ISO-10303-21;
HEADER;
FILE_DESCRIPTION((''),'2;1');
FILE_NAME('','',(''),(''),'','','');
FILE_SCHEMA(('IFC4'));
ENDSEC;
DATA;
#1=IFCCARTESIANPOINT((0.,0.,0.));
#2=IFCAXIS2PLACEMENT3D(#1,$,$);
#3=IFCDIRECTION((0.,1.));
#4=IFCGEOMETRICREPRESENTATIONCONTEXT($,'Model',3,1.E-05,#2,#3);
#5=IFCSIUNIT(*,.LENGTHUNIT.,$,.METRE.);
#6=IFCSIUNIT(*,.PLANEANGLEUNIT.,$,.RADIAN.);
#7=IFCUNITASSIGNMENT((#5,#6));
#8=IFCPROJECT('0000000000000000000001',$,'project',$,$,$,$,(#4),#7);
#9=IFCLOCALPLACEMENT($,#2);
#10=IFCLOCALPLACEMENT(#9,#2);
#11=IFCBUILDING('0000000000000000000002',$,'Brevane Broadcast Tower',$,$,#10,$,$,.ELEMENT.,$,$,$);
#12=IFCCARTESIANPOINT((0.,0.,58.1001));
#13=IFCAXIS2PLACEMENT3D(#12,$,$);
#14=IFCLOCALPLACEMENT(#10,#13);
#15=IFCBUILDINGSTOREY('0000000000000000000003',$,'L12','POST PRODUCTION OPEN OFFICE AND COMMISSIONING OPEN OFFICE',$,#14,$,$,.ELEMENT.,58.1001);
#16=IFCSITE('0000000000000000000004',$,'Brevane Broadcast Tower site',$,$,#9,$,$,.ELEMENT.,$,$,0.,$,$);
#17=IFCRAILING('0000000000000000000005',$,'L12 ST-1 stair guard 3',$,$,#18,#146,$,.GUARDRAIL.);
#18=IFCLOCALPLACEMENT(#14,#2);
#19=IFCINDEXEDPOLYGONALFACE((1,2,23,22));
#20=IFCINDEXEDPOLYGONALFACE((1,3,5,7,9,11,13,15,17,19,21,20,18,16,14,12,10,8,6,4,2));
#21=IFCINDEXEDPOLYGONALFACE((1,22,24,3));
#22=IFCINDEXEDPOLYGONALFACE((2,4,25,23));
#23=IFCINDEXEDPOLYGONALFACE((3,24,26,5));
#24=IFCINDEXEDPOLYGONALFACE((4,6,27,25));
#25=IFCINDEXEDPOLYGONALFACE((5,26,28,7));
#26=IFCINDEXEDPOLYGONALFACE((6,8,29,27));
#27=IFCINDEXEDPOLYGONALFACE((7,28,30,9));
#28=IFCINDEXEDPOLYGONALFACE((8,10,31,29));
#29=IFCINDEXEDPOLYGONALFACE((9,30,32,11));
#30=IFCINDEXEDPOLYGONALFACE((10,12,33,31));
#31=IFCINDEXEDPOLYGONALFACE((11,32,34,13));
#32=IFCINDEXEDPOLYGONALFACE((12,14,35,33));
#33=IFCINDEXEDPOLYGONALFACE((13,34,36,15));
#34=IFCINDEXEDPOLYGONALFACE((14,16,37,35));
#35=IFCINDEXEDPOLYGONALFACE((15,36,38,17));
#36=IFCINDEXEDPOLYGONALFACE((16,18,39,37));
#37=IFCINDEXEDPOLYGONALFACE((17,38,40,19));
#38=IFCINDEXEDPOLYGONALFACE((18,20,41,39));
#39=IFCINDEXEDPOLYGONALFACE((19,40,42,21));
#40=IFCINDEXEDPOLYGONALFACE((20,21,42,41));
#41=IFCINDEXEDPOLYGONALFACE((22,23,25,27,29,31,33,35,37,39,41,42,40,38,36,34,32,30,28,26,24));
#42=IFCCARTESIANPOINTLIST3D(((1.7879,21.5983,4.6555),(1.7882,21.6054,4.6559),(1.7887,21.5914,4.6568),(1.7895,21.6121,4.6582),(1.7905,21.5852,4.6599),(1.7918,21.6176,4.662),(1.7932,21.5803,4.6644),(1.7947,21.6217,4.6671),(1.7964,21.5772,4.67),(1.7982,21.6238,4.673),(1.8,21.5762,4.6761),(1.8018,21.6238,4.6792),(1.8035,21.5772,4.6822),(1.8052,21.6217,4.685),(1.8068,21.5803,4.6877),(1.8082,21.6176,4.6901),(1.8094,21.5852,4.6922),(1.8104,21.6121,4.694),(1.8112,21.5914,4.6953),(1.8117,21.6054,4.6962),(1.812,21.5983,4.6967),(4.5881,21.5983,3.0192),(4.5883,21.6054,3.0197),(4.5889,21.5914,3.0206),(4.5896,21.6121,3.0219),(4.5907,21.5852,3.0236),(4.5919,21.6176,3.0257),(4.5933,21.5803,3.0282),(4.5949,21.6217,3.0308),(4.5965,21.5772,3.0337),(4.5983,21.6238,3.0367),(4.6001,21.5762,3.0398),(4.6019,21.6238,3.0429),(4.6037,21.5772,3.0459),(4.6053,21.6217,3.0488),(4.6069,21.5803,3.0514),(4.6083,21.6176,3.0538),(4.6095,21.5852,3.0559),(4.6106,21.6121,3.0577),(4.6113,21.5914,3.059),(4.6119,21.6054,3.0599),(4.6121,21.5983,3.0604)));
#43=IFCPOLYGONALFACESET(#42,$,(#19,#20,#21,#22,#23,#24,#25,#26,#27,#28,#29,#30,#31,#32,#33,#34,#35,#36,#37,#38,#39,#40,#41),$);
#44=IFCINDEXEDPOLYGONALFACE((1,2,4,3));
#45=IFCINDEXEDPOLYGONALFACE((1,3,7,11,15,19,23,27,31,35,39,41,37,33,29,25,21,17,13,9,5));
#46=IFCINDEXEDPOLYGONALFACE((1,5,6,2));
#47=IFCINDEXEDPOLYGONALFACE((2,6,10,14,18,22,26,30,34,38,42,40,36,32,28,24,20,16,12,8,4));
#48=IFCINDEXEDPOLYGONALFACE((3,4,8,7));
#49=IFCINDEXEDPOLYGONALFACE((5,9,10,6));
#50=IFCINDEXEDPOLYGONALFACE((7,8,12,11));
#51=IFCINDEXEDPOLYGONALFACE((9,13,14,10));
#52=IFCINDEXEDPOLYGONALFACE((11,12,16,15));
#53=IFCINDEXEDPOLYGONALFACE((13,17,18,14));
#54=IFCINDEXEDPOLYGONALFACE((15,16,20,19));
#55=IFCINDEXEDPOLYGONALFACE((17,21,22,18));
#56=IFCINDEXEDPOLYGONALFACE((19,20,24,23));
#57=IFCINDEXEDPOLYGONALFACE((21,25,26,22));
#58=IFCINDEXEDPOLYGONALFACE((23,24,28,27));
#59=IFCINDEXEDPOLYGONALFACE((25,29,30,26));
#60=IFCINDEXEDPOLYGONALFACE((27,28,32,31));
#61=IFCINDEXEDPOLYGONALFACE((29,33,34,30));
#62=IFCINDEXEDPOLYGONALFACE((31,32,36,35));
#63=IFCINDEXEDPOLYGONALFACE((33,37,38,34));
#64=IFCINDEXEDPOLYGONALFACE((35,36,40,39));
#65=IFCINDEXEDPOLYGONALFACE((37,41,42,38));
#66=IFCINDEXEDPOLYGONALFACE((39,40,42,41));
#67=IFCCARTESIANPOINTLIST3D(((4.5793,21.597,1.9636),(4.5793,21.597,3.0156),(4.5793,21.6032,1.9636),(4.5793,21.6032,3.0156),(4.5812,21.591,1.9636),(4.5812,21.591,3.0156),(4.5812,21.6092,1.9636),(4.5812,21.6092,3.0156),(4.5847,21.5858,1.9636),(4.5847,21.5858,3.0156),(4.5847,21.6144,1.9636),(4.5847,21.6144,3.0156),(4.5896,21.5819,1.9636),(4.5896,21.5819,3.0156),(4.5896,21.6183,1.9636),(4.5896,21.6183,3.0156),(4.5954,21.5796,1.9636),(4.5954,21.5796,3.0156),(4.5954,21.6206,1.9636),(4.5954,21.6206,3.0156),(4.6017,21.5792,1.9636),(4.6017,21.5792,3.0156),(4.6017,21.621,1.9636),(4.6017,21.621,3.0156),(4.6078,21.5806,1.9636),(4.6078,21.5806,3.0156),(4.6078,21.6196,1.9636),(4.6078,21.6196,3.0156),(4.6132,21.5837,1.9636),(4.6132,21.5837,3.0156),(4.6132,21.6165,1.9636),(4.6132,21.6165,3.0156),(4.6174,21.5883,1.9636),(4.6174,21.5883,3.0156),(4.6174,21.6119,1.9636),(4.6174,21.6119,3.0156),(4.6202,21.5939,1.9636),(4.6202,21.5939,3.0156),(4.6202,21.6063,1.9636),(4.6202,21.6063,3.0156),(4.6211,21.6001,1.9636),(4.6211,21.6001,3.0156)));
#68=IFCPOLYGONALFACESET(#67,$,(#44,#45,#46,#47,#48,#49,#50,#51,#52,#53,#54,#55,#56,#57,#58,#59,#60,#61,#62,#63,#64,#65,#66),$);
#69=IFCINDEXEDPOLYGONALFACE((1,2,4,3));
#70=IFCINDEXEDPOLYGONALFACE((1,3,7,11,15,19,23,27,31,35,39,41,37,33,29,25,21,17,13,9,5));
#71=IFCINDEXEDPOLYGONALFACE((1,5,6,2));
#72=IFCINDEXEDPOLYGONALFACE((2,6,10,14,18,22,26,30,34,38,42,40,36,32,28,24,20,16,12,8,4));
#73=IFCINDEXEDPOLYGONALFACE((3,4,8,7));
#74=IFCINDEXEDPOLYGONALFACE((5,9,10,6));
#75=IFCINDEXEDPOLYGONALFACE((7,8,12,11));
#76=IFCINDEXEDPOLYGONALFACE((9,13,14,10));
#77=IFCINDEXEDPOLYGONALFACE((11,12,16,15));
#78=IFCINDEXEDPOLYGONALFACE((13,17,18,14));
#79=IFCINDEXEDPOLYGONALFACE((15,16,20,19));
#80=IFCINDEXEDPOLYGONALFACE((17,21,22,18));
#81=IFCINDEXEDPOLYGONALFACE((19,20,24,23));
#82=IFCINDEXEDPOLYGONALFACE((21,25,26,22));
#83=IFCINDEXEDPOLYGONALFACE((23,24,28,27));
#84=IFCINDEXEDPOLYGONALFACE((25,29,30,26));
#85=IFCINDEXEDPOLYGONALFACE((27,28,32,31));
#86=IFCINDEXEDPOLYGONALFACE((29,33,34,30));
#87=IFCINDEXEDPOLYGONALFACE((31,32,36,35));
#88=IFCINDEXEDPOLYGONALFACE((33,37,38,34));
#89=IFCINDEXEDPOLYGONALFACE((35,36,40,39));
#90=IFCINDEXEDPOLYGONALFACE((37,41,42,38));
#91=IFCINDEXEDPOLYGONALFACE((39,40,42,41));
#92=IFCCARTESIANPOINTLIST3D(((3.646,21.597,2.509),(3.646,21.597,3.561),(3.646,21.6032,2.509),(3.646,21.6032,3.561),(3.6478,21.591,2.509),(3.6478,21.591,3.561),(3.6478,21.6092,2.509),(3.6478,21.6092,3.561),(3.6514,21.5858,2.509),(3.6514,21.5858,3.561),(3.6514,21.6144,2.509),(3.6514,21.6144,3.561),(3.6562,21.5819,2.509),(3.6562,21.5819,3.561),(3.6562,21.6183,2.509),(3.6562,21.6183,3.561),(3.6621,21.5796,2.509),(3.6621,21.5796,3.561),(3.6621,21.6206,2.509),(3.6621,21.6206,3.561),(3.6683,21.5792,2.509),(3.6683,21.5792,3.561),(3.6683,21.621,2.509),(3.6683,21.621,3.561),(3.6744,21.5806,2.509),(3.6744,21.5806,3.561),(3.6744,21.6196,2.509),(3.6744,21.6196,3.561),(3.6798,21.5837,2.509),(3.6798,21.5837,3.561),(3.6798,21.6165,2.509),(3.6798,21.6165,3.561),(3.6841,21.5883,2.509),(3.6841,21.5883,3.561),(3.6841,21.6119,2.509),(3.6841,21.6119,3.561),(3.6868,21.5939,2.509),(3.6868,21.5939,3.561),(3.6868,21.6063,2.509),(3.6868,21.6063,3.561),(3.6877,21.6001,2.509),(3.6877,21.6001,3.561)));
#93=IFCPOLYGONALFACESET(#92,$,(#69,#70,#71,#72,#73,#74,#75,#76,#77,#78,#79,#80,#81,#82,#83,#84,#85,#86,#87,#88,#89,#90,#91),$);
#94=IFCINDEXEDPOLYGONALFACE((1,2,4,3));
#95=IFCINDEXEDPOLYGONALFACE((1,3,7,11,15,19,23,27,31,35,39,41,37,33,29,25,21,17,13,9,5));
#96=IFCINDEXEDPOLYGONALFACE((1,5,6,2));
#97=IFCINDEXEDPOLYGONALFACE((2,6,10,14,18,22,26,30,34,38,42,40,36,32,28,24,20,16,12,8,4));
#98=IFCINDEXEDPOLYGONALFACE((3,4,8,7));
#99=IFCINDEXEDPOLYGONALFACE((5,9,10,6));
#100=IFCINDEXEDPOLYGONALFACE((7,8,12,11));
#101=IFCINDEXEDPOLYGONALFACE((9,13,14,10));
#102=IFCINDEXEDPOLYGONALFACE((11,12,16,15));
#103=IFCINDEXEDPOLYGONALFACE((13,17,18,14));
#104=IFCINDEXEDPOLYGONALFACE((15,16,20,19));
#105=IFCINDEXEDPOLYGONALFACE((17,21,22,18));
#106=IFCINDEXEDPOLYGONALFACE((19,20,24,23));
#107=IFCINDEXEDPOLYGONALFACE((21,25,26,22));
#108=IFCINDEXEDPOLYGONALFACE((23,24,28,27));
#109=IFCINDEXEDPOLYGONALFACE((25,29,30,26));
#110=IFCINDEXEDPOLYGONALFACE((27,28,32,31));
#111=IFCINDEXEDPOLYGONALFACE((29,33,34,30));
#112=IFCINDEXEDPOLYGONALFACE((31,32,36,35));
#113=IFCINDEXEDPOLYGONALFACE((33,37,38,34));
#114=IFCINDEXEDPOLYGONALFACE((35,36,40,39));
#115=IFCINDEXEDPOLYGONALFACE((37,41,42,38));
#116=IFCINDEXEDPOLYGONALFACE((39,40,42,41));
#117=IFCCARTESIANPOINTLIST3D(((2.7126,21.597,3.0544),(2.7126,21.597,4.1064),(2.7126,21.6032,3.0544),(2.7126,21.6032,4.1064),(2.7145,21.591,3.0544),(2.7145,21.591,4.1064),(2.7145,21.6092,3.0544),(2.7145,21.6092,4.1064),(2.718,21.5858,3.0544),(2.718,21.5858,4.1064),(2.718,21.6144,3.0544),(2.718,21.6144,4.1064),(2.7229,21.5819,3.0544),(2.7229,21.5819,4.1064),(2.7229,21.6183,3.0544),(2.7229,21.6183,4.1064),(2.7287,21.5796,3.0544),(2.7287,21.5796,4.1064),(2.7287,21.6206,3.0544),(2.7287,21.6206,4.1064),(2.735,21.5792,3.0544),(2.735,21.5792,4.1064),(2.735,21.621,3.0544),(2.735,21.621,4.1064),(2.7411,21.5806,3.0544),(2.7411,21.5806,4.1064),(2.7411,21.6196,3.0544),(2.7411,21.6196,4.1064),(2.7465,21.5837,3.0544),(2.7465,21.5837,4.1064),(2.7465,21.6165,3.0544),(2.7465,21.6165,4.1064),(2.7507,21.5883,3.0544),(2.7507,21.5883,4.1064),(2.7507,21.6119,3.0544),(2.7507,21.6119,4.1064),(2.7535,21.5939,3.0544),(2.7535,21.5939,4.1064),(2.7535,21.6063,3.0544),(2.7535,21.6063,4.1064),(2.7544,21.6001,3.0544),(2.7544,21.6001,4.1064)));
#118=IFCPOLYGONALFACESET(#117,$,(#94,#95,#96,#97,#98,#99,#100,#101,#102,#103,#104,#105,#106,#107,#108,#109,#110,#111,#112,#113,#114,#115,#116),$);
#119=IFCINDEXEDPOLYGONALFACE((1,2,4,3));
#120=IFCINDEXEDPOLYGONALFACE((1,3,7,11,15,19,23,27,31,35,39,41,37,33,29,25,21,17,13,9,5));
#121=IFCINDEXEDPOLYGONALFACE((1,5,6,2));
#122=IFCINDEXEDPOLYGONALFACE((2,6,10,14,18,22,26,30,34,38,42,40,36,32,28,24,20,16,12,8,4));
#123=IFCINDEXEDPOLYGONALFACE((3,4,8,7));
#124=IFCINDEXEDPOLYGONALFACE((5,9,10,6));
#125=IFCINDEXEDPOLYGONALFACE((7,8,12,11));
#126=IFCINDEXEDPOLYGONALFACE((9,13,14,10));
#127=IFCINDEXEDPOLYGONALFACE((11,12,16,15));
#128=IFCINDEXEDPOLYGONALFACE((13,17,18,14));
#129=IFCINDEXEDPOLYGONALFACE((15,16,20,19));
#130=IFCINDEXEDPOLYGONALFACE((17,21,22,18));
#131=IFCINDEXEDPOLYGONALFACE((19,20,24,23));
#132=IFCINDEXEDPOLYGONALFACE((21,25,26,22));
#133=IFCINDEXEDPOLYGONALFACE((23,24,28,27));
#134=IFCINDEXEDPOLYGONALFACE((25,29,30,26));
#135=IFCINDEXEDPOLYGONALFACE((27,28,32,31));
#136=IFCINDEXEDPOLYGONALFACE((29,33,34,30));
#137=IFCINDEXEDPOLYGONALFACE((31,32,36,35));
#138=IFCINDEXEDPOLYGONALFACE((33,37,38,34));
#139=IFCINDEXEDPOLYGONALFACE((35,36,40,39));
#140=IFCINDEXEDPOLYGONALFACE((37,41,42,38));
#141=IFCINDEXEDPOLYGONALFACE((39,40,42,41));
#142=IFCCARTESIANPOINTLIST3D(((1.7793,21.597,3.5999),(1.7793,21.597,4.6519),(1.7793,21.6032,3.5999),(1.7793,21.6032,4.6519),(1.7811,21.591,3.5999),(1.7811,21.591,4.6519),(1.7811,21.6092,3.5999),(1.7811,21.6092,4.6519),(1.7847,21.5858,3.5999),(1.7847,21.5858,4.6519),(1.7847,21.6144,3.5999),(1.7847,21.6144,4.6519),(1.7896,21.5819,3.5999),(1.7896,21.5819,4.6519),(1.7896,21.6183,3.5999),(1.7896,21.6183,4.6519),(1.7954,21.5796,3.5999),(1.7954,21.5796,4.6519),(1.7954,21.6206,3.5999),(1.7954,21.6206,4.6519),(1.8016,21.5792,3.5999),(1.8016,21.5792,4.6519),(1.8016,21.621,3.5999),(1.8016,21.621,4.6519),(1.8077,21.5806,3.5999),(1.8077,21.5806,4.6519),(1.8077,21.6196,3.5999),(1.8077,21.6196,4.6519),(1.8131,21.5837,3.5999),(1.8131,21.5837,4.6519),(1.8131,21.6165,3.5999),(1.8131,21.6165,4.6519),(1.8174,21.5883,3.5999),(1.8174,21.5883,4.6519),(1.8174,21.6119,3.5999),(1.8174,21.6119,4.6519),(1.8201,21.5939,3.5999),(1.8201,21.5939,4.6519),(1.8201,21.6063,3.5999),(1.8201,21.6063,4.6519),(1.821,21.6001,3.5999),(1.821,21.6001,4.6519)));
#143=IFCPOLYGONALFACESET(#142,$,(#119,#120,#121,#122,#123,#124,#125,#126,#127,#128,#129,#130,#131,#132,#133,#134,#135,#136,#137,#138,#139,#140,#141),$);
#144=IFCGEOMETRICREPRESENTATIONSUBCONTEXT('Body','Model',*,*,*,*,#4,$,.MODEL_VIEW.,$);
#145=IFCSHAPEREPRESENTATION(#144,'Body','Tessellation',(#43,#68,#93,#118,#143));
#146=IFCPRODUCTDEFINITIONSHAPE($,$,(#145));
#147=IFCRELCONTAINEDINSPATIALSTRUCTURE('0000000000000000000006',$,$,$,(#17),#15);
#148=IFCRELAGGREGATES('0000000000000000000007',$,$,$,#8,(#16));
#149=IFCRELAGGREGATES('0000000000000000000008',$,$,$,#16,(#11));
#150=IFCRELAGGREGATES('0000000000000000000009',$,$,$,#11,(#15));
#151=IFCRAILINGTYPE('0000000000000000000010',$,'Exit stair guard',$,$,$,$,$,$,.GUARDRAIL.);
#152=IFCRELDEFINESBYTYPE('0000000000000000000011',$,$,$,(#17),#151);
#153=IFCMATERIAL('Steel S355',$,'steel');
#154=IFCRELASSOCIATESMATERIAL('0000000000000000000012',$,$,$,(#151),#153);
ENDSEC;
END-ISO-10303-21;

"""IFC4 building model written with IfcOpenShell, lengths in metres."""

from ifc_helpers import new_model, si_unit, direction, frame, origin, origin_2d, place, context, subcontext, project, spatial, circle, extrude, material, type_object, element, save


model = new_model("IFC4")

# Units and contexts
model_context = context("Model", 3, precision=1e-05, world=origin(), true_north=direction((0.0, 1.0)))
body_context = subcontext(model_context, "Body", "Model", "MODEL_VIEW")
ifc_project = project(units=[si_unit("LENGTHUNIT", "METRE"), si_unit("PLANEANGLEUNIT", "RADIAN")], contexts=[model_context])

# Site, building, storey
site_placement = place(None, origin())
site = spatial("IfcSite", under=ifc_project, at=site_placement, Name="Brevane Broadcast Tower site", CompositionType="ELEMENT", RefElevation=0.0)
building_placement = place(site_placement, origin())
building = spatial("IfcBuilding", under=site, at=building_placement, Name="Brevane Broadcast Tower", CompositionType="ELEMENT")
storey_placement = place(building_placement, frame((0.0, 0.0, 58.1001)))
storey = spatial("IfcBuildingStorey", under=building, at=storey_placement, Name="L12", Description="POST PRODUCTION OPEN OFFICE AND COMMISSIONING OPEN OFFICE", CompositionType="ELEMENT", Elevation=58.1001)

# Railing
ifc_material_1 = material(Name="Steel S355", Category="steel")
railing_type_1 = type_object("IfcRailingType", Name="Exit stair guard", PredefinedType="GUARDRAIL", material=ifc_material_1)
railing_1_placement = place(storey_placement, frame((4.6001, 21.6001, 1.9636)))
element("IfcRailing", 1, at=railing_1_placement, inside=storey, type_object=railing_type_1, Name="L12 ST-1 stair guard 3", PredefinedType="GUARDRAIL", context=body_context, shape_type="SweptSolid", body=[
    extrude(circle(Radius=0.0239, at=origin_2d()), frame((0.0, 0.0, 1.0762), z_axis=(-0.863394, 0.0, 0.504531), x_axis=(0.0, -1.0, 0.0)), (0.0, 0.0, 1.0), 3.2432),
    extrude(circle(Radius=0.021, at=origin_2d()), origin(), (0.0, 0.0, 1.0), 1.052),
    extrude(circle(Radius=0.021, at=origin_2d()), frame((-0.9333, 0.0, 0.5454)), (0.0, 0.0, 1.0), 1.052),
    extrude(circle(Radius=0.021, at=origin_2d()), frame((-1.8667, 0.0, 1.0908)), (0.0, 0.0, 1.0), 1.052),
    extrude(circle(Radius=0.021, at=origin_2d()), frame((-2.8, 0.0, 1.6362)), (0.0, 0.0, 1.0), 1.052),
])

save(model, "model.ifc")
